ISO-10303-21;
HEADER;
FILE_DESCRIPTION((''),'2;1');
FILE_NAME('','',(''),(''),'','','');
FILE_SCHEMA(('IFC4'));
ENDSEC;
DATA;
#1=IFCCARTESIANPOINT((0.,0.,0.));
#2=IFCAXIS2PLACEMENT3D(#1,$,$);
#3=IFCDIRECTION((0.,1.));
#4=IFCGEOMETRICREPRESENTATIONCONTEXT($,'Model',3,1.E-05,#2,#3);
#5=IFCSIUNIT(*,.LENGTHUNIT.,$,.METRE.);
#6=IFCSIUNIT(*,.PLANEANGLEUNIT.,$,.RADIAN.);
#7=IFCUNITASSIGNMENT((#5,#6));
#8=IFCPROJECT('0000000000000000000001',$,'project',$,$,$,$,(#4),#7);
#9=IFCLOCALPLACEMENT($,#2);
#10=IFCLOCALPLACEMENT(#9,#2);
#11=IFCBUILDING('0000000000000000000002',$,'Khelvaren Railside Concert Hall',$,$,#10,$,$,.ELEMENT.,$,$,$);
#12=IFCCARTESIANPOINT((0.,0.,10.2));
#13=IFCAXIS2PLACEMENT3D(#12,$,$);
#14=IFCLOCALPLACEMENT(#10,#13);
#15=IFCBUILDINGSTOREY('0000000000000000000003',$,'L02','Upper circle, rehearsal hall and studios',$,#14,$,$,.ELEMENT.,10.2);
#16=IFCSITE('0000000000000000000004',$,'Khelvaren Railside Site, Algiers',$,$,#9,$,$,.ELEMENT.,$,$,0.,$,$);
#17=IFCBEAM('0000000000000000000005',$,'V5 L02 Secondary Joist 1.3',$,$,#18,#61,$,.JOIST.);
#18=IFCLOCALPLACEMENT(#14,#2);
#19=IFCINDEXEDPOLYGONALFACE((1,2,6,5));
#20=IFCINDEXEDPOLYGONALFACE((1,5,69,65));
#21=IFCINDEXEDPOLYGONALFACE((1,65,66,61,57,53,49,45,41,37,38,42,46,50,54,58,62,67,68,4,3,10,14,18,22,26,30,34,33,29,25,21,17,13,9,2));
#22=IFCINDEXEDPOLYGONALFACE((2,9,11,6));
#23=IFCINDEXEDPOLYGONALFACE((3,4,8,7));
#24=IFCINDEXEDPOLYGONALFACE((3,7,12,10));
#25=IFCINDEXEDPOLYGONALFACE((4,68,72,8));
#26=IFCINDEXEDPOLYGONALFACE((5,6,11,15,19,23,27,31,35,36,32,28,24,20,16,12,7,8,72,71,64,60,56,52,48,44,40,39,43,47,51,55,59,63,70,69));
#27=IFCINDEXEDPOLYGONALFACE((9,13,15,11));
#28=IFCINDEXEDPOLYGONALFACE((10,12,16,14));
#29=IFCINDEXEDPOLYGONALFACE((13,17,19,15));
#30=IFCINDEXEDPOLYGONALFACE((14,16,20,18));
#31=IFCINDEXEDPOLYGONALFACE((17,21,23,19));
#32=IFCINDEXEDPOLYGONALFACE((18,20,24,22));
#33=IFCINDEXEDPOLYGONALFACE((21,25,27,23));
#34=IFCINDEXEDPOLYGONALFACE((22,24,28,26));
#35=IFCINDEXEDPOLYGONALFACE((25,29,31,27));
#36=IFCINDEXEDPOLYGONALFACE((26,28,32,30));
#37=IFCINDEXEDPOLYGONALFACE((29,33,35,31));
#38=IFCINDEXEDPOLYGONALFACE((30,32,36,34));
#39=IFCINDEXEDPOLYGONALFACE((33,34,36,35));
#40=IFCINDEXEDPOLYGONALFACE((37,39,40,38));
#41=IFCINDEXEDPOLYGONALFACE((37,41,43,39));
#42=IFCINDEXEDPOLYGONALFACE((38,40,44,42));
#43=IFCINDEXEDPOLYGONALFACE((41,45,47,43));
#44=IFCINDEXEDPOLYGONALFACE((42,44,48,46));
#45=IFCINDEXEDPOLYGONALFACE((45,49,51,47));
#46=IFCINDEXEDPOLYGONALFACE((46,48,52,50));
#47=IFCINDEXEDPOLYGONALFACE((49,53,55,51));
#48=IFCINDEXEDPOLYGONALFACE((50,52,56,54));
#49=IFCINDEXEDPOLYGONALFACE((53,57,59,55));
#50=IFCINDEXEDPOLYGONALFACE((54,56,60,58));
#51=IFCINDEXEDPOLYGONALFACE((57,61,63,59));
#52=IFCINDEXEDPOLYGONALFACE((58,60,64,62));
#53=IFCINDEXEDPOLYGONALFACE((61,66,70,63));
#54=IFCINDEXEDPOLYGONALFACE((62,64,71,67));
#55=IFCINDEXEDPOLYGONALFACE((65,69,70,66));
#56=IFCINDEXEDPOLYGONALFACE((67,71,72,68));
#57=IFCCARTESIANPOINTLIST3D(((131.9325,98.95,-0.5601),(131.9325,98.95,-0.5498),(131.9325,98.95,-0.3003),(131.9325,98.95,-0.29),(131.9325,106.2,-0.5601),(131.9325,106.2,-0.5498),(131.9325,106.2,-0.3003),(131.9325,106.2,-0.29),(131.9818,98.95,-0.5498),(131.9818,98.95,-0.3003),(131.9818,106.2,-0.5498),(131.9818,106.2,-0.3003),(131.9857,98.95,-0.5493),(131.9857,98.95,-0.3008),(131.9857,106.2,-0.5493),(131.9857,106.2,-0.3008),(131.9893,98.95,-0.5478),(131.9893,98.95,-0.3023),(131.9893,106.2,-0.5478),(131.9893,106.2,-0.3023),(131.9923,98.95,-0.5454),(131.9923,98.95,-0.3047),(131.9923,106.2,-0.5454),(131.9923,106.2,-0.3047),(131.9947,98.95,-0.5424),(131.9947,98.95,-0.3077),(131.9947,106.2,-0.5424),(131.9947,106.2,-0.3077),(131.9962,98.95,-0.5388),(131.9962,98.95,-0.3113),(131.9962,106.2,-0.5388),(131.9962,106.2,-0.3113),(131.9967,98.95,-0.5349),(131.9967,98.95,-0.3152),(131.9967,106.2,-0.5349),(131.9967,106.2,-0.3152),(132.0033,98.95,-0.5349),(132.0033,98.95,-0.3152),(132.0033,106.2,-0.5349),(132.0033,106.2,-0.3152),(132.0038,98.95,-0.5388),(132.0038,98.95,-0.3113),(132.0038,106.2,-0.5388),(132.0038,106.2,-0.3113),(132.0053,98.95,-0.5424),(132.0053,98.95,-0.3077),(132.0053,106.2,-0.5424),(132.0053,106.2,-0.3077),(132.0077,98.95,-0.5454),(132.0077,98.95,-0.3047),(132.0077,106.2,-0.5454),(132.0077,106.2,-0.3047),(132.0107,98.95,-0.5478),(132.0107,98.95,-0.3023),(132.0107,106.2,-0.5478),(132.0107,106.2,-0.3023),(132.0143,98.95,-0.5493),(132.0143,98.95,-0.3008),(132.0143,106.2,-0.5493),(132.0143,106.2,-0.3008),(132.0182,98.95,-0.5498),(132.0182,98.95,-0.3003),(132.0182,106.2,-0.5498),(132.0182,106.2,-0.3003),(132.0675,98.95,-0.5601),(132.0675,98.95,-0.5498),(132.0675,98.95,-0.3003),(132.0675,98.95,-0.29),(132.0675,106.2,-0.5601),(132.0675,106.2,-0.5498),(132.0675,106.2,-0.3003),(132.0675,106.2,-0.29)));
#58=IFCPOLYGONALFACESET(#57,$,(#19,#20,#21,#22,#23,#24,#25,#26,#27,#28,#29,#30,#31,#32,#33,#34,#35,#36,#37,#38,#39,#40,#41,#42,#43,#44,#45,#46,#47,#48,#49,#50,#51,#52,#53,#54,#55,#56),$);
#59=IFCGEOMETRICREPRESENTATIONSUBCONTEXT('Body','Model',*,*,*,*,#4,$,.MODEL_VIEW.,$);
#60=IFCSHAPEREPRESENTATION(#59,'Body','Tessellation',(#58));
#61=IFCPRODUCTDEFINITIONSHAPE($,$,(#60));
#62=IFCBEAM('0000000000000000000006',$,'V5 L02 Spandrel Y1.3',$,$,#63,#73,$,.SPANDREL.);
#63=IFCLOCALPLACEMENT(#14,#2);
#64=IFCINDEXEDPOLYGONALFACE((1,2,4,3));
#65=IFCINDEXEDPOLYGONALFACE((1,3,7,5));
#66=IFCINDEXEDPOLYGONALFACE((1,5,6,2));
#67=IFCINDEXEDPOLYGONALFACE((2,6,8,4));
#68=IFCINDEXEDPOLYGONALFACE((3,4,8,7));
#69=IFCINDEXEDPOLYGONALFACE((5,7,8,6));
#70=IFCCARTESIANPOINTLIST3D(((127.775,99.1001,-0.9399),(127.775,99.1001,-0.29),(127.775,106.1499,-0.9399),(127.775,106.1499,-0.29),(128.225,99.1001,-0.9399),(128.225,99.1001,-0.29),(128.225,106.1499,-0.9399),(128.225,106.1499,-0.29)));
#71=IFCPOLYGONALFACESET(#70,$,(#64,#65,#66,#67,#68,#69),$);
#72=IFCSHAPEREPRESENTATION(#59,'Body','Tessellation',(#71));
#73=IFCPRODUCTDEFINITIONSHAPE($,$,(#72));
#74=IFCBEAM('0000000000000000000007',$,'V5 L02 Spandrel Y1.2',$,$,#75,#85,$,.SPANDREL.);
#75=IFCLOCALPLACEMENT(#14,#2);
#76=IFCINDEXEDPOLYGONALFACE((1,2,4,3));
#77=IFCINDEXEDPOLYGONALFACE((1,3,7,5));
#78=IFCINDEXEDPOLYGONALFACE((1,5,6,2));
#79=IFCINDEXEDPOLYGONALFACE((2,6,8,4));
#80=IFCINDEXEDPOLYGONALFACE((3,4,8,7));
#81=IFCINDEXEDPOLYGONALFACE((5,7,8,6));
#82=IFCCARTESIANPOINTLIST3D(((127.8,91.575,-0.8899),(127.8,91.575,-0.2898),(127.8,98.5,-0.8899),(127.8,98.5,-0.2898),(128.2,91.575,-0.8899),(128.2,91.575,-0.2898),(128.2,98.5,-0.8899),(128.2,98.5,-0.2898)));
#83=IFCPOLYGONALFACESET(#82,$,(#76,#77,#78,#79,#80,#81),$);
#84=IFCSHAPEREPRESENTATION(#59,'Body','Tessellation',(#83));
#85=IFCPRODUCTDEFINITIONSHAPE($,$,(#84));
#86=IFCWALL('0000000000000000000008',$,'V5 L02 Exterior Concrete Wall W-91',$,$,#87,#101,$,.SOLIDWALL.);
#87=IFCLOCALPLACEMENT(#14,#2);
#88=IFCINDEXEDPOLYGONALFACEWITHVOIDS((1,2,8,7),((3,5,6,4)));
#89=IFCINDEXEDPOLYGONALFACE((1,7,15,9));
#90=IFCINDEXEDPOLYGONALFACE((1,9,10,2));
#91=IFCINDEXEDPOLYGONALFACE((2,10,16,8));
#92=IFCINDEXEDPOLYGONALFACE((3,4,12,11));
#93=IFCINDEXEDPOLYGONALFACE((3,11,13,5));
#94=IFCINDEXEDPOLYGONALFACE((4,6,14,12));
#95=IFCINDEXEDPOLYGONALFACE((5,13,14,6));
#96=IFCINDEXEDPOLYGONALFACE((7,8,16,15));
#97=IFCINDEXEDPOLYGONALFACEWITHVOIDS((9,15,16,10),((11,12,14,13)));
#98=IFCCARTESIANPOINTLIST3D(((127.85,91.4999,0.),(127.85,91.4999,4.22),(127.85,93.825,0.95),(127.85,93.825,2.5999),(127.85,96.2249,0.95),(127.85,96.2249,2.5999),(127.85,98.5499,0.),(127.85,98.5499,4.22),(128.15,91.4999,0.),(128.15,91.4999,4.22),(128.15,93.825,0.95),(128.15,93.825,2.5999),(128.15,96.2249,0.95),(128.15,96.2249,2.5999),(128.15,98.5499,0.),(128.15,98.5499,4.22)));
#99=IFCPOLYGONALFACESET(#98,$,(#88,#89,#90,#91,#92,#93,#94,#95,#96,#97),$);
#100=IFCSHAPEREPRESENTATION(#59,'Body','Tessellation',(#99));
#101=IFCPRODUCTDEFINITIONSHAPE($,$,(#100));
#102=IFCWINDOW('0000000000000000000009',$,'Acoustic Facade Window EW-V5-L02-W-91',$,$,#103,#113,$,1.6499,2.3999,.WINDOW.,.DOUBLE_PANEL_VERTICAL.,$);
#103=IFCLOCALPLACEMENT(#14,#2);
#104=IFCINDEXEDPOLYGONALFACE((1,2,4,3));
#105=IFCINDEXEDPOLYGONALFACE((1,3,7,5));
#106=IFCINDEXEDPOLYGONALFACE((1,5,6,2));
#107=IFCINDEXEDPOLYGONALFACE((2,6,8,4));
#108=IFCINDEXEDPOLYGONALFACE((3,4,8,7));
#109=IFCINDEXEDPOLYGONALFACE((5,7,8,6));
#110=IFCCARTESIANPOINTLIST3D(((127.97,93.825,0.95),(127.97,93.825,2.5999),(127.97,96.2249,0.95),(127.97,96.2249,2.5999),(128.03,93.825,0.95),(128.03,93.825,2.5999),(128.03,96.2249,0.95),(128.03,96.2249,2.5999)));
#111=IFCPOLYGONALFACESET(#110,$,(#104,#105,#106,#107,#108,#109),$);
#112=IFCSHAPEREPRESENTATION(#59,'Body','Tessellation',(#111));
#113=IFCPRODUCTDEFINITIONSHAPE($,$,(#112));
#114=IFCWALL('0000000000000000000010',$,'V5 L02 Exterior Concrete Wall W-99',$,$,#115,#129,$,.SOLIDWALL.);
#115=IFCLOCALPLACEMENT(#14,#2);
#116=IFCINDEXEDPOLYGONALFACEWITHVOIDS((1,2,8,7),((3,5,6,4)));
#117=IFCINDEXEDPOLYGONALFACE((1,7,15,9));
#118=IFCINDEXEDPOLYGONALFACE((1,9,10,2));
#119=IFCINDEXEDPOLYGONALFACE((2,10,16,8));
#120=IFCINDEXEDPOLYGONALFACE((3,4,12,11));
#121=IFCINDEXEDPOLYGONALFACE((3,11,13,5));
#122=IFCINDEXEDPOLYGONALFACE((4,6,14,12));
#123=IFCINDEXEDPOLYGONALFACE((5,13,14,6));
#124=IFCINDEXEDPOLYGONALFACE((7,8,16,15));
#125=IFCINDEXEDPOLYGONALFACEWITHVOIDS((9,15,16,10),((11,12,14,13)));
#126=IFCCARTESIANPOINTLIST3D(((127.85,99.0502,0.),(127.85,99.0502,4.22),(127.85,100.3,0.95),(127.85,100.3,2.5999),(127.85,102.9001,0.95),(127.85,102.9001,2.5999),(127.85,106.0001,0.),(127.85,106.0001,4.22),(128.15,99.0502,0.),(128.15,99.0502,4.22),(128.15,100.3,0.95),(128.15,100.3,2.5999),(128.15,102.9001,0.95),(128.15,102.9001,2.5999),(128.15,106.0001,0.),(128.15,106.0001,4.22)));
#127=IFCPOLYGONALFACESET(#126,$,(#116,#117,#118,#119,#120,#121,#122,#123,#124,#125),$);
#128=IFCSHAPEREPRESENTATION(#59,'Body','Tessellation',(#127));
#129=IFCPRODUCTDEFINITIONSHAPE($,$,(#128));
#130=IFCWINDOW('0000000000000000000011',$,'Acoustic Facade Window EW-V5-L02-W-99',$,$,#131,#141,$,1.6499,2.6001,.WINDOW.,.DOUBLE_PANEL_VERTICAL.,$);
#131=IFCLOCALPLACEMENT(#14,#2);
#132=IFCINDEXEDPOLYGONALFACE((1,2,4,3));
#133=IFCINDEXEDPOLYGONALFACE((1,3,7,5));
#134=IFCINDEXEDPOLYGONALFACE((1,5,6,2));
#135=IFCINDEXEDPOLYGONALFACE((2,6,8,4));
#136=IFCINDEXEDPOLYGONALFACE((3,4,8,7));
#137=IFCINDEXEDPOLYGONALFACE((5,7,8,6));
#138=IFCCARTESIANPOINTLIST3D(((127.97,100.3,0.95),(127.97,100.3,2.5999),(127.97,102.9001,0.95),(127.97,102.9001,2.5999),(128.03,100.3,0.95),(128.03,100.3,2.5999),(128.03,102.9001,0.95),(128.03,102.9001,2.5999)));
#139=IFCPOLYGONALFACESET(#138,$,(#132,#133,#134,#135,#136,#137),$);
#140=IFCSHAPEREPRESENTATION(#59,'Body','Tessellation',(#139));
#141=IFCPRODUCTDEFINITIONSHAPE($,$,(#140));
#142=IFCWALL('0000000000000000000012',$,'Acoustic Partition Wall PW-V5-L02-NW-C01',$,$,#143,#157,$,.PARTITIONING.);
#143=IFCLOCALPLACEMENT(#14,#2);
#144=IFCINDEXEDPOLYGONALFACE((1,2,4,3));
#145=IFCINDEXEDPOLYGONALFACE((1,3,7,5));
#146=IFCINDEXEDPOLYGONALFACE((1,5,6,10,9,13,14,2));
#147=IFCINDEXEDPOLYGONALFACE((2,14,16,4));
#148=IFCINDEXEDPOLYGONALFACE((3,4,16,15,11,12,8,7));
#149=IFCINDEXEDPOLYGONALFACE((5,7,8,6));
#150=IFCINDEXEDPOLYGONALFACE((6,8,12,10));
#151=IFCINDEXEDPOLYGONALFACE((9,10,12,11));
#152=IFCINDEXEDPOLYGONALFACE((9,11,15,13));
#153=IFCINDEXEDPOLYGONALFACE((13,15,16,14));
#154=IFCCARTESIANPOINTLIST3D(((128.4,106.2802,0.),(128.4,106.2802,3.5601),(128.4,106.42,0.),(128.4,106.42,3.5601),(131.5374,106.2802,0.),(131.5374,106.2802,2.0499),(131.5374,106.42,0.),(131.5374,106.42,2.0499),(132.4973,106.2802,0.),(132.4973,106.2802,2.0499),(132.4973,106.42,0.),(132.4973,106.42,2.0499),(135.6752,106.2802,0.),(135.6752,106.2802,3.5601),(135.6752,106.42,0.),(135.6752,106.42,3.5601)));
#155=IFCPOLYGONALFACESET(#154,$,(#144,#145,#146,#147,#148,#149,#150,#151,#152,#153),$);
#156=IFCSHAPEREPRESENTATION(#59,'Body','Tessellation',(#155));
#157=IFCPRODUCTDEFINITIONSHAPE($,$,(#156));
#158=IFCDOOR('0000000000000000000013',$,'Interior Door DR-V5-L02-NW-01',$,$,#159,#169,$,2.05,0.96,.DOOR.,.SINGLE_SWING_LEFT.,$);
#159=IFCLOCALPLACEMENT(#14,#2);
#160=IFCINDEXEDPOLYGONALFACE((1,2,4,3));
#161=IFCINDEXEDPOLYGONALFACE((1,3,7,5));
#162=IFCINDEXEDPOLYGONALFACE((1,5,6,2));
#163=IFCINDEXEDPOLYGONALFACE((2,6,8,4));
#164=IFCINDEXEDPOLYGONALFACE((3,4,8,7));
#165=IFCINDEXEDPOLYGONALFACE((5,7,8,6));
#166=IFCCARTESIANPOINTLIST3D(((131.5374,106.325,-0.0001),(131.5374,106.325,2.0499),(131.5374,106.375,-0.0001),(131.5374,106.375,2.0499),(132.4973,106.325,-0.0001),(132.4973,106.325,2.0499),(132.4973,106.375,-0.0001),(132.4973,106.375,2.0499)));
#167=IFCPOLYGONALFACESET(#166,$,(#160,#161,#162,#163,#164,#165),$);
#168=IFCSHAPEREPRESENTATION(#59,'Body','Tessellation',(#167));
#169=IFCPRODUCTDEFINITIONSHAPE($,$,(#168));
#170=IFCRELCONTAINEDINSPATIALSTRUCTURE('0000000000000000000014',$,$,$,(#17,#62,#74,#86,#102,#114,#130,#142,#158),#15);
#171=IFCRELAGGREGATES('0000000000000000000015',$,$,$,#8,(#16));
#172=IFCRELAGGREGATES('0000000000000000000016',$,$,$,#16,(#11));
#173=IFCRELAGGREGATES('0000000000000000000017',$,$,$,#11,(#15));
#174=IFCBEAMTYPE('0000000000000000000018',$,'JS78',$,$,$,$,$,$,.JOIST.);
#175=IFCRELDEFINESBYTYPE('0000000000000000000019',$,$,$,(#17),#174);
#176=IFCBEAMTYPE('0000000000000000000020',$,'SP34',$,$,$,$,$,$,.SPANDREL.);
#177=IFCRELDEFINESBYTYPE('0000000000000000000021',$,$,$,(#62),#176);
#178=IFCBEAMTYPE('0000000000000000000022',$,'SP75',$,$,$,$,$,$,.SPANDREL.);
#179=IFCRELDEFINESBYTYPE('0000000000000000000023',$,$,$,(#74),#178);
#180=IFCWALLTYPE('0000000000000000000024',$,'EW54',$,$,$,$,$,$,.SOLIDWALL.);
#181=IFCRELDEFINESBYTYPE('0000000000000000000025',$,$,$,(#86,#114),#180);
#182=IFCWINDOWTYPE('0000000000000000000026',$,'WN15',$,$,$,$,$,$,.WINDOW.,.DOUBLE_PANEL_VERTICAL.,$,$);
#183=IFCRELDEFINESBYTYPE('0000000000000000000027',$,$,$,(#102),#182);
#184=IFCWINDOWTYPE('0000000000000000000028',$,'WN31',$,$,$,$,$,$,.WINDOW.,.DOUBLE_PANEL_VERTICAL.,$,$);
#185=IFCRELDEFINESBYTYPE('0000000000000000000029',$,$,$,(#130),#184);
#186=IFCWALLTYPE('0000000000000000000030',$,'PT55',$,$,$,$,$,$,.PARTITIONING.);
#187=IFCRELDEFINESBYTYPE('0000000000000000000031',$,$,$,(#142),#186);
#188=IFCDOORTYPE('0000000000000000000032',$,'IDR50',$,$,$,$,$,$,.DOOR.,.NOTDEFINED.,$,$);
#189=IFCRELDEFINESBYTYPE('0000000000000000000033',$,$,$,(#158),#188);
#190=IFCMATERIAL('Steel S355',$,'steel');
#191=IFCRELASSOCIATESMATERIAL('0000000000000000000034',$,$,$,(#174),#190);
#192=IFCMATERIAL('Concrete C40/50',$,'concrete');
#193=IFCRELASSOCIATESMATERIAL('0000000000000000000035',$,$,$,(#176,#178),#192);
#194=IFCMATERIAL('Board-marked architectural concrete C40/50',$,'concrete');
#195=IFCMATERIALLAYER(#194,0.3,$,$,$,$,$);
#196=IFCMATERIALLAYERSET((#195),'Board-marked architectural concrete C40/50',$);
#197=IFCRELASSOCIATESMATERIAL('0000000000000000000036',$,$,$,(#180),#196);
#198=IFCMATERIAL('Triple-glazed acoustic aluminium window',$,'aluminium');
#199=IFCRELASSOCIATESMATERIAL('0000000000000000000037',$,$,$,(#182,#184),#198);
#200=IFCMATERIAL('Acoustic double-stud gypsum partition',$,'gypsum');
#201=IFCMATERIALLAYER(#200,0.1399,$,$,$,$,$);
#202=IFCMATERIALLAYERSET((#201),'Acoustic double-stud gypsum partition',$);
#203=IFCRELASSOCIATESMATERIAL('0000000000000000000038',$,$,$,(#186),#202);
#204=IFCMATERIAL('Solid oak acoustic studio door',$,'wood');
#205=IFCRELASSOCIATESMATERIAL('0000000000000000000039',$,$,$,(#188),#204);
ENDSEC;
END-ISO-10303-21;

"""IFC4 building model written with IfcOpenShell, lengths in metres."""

from ifc_helpers import new_model, si_unit, direction, frame, frame_2d, origin, origin_2d, place, context, subcontext, project, spatial, rectangle, i_section, extrude, material, layer, layer_set, material_profile, profile_set, type_object, element, fill, save


model = new_model("IFC4")

# Units and contexts
model_context = context("Model", 3, precision=1e-05, world=origin(), true_north=direction((0.0, 1.0)))
body_context = subcontext(model_context, "Body", "Model", "MODEL_VIEW")
ifc_project = project(units=[si_unit("LENGTHUNIT", "METRE"), si_unit("PLANEANGLEUNIT", "RADIAN")], contexts=[model_context])

# Site, building, storey
site_placement = place(None, origin())
site = spatial("IfcSite", under=ifc_project, at=site_placement, Name="Khelvaren Railside Site, Algiers", CompositionType="ELEMENT", RefElevation=0.0)
building_placement = place(site_placement, origin())
building = spatial("IfcBuilding", under=site, at=building_placement, Name="Khelvaren Railside Concert Hall", CompositionType="ELEMENT")
storey_placement = place(building_placement, frame((0.0, 0.0, 10.2)))
storey = spatial("IfcBuildingStorey", under=building, at=storey_placement, Name="L02", Description="Upper circle, rehearsal hall and studios", CompositionType="ELEMENT", Elevation=10.2)

# Beams
ifc_material_1 = material(Name="Steel S355", Category="steel")
ifc_material_2 = material(Name="Concrete C40/50", Category="concrete")
ifc_material_profile_1 = material_profile(ifc_material_1, i_section(OverallWidth=0.135, OverallDepth=0.27, WebThickness=0.0066, FlangeThickness=0.0103, FilletRadius=0.0149, at=origin_2d()), Name="IPE 270")
ifc_profile_set_1 = profile_set([ifc_material_profile_1], Name="Steel S355")
beam_type_1 = type_object("IfcBeamType", Name="JS78", PredefinedType="JOIST", material=ifc_profile_set_1)
beam_1_placement = place(storey_placement, frame((132.0, 98.95, -0.425), z_axis=(0.0, 1.0, 0.0), x_axis=(-1.0, 0.0, 0.0)))
element("IfcBeam", 1, at=beam_1_placement, inside=storey, type_object=beam_type_1, Name="V5 L02 Secondary Joist 1.3", PredefinedType="JOIST", context=body_context, shape_type="SweptSolid", body=[
    extrude(i_section(OverallWidth=0.135, OverallDepth=0.27, WebThickness=0.0066, FlangeThickness=0.0103, FilletRadius=0.0149, at=origin_2d()), origin(), (0.0, 0.0, 1.0), 7.25),
])
ifc_material_profile_2 = material_profile(ifc_material_2, rectangle(XDim=0.45, YDim=0.6499, at=origin_2d()), Name="RCB 450x650")
ifc_profile_set_2 = profile_set([ifc_material_profile_2], Name="Concrete C40/50")
beam_type_2 = type_object("IfcBeamType", Name="SP34", PredefinedType="SPANDREL", material=ifc_profile_set_2)
beam_2_placement = place(storey_placement, frame((128.0, 99.1001, -0.615), z_axis=(0.0, 1.0, 0.0), x_axis=(-1.0, 0.0, 0.0)))
element("IfcBeam", 2, at=beam_2_placement, inside=storey, type_object=beam_type_2, Name="V5 L02 Spandrel Y1.3", PredefinedType="SPANDREL", context=body_context, shape_type="SweptSolid", body=[
    extrude(rectangle(XDim=0.45, YDim=0.6499, at=origin_2d()), origin(), (0.0, 0.0, 1.0), 7.0498),
])
ifc_material_profile_3 = material_profile(ifc_material_2, rectangle(XDim=0.3999, YDim=0.6001, at=origin_2d()), Name="RCB 400x600")
ifc_profile_set_3 = profile_set([ifc_material_profile_3], Name="Concrete C40/50")
beam_type_3 = type_object("IfcBeamType", Name="SP75", PredefinedType="SPANDREL", material=ifc_profile_set_3)
beam_3_placement = place(storey_placement, frame((128.0, 91.575, -0.5898), z_axis=(0.0, 1.0, 0.0), x_axis=(-1.0, 0.0, 0.0)))
element("IfcBeam", 3, at=beam_3_placement, inside=storey, type_object=beam_type_3, Name="V5 L02 Spandrel Y1.2", PredefinedType="SPANDREL", context=body_context, shape_type="SweptSolid", body=[
    extrude(rectangle(XDim=0.3999, YDim=0.6001, at=origin_2d()), origin(), (0.0, 0.0, 1.0), 6.925),
])

# Walls, openings, windows
ifc_material_3 = material(Name="Board-marked architectural concrete C40/50", Category="concrete")
ifc_layer_1 = layer(ifc_material_3, 0.3)
ifc_layer_set_1 = layer_set([ifc_layer_1], Name="Board-marked architectural concrete C40/50")
wall_type_1 = type_object("IfcWallType", Name="EW54", PredefinedType="SOLIDWALL", material=ifc_layer_set_1)
wall_1_placement = place(storey_placement, frame((128.0, 91.5, 0.0), z_axis=(0.0, 0.0, 1.0), x_axis=(0.0, 1.0, 0.0)))
wall_1 = element("IfcWall", 4, at=wall_1_placement, inside=storey, type_object=wall_type_1, Name="V5 L02 Exterior Concrete Wall W-91", PredefinedType="SOLIDWALL", context=body_context, shape_type="SweptSolid", body=[
    extrude(rectangle(XDim=7.05, YDim=0.3, at=frame_2d((3.5249, 0.0))), origin(), (0.0, 0.0, 1.0), 4.22),
])
opening_1_placement = place(wall_1_placement, frame((2.325, 0.0, 0.95)))
opening_1 = element("IfcOpeningElement", 5, at=opening_1_placement, cuts=wall_1, PredefinedType="OPENING", context=body_context, shape_type="SweptSolid", body=[
    extrude(rectangle(XDim=2.3999, YDim=1.6499, at=frame_2d((1.2, 0.825))), frame((0.0, 0.1599, 0.0), z_axis=(0.0, -1.0, 0.0), x_axis=(1.0, 0.0, 0.0)), (0.0, 0.0, 1.0), 0.3201),
])
ifc_material_4 = material(Name="Triple-glazed acoustic aluminium window", Category="aluminium")
window_type_1 = type_object("IfcWindowType", Name="WN15", PartitioningType="DOUBLE_PANEL_VERTICAL", PredefinedType="WINDOW", material=ifc_material_4)
window_1_placement = place(opening_1_placement, origin())
window_1 = element("IfcWindow", 6, at=window_1_placement, inside=storey, type_object=window_type_1, Name="Acoustic Facade Window EW-V5-L02-W-91", OverallHeight=1.6499, OverallWidth=2.3999, PartitioningType="DOUBLE_PANEL_VERTICAL", PredefinedType="WINDOW", context=body_context, shape_type="SweptSolid", body=[
    extrude(rectangle(XDim=2.3999, YDim=1.6499, at=frame_2d((1.2, 0.825))), frame((0.0, 0.03, 0.0), z_axis=(0.0, -1.0, 0.0), x_axis=(1.0, 0.0, 0.0)), (0.0, 0.0, 1.0), 0.0601),
])
fill(opening_1, window_1)
wall_2_placement = place(storey_placement, frame((128.0, 99.05, 0.0), z_axis=(0.0, 0.0, 1.0), x_axis=(0.0, 1.0, 0.0)))
wall_2 = element("IfcWall", 7, at=wall_2_placement, inside=storey, type_object=wall_type_1, Name="V5 L02 Exterior Concrete Wall W-99", PredefinedType="SOLIDWALL", context=body_context, shape_type="SweptSolid", body=[
    extrude(rectangle(XDim=6.95, YDim=0.3, at=frame_2d((3.4751, 0.0))), origin(), (0.0, 0.0, 1.0), 4.22),
])
opening_2_placement = place(wall_2_placement, frame((1.25, 0.0, 0.95)))
opening_2 = element("IfcOpeningElement", 8, at=opening_2_placement, cuts=wall_2, PredefinedType="OPENING", context=body_context, shape_type="SweptSolid", body=[
    extrude(rectangle(XDim=2.6001, YDim=1.6499, at=frame_2d((1.3, 0.825))), frame((0.0, 0.1599, 0.0), z_axis=(0.0, -1.0, 0.0), x_axis=(1.0, 0.0, 0.0)), (0.0, 0.0, 1.0), 0.3201),
])
window_type_2 = type_object("IfcWindowType", Name="WN31", PartitioningType="DOUBLE_PANEL_VERTICAL", PredefinedType="WINDOW", material=ifc_material_4)
window_2_placement = place(opening_2_placement, origin())
window_2 = element("IfcWindow", 9, at=window_2_placement, inside=storey, type_object=window_type_2, Name="Acoustic Facade Window EW-V5-L02-W-99", OverallHeight=1.6499, OverallWidth=2.6001, PartitioningType="DOUBLE_PANEL_VERTICAL", PredefinedType="WINDOW", context=body_context, shape_type="SweptSolid", body=[
    extrude(rectangle(XDim=2.6001, YDim=1.6499, at=frame_2d((1.3, 0.825))), frame((0.0, 0.03, 0.0), z_axis=(0.0, -1.0, 0.0), x_axis=(1.0, 0.0, 0.0)), (0.0, 0.0, 1.0), 0.0601),
])
fill(opening_2, window_2)

# Wall, opening, door
ifc_material_5 = material(Name="Acoustic double-stud gypsum partition", Category="gypsum")
ifc_layer_2 = layer(ifc_material_5, 0.1399)
ifc_layer_set_2 = layer_set([ifc_layer_2], Name="Acoustic double-stud gypsum partition")
wall_type_2 = type_object("IfcWallType", Name="PT55", PredefinedType="PARTITIONING", material=ifc_layer_set_2)
wall_3_placement = place(storey_placement, frame((128.3999, 106.3501, 0.0), z_axis=(0.0, 0.0, 1.0), x_axis=(1.0, 0.0, 0.0)))
wall_3 = element("IfcWall", 10, at=wall_3_placement, inside=storey, type_object=wall_type_2, Name="Acoustic Partition Wall PW-V5-L02-NW-C01", PredefinedType="PARTITIONING", context=body_context, shape_type="SweptSolid", body=[
    extrude(rectangle(XDim=7.2751, YDim=0.1399, at=frame_2d((3.6377, 0.0))), origin(), (0.0, 0.0, 1.0), 3.5601),
])
opening_3_placement = place(wall_3_placement, frame((3.1375, 0.0, 0.0)))
opening_3 = element("IfcOpeningElement", 11, at=opening_3_placement, cuts=wall_3, PredefinedType="OPENING", context=body_context, shape_type="SweptSolid", body=[
    extrude(rectangle(XDim=0.96, YDim=2.05, at=frame_2d((0.48, 1.0249))), frame((0.0, 0.0798, 0.0), z_axis=(0.0, -1.0, 0.0), x_axis=(1.0, 0.0, 0.0)), (0.0, 0.0, 1.0), 0.1599),
])
ifc_material_6 = material(Name="Solid oak acoustic studio door", Category="wood")
door_type_1 = type_object("IfcDoorType", Name="IDR50", OperationType="NOTDEFINED", PredefinedType="DOOR", material=ifc_material_6)
door_1_placement = place(opening_3_placement, origin())
door_1 = element("IfcDoor", 12, at=door_1_placement, inside=storey, type_object=door_type_1, Name="Interior Door DR-V5-L02-NW-01", OperationType="SINGLE_SWING_LEFT", OverallHeight=2.05, OverallWidth=0.96, PredefinedType="DOOR", context=body_context, shape_type="SweptSolid", body=[
    extrude(rectangle(XDim=0.96, YDim=2.05, at=frame_2d((0.48, 1.0249))), frame((0.0, 0.0249, 0.0), z_axis=(0.0, -1.0, 0.0), x_axis=(1.0, 0.0, 0.0)), (0.0, 0.0, 1.0), 0.05),
])
fill(opening_3, door_1)

save(model, "model.ifc")
